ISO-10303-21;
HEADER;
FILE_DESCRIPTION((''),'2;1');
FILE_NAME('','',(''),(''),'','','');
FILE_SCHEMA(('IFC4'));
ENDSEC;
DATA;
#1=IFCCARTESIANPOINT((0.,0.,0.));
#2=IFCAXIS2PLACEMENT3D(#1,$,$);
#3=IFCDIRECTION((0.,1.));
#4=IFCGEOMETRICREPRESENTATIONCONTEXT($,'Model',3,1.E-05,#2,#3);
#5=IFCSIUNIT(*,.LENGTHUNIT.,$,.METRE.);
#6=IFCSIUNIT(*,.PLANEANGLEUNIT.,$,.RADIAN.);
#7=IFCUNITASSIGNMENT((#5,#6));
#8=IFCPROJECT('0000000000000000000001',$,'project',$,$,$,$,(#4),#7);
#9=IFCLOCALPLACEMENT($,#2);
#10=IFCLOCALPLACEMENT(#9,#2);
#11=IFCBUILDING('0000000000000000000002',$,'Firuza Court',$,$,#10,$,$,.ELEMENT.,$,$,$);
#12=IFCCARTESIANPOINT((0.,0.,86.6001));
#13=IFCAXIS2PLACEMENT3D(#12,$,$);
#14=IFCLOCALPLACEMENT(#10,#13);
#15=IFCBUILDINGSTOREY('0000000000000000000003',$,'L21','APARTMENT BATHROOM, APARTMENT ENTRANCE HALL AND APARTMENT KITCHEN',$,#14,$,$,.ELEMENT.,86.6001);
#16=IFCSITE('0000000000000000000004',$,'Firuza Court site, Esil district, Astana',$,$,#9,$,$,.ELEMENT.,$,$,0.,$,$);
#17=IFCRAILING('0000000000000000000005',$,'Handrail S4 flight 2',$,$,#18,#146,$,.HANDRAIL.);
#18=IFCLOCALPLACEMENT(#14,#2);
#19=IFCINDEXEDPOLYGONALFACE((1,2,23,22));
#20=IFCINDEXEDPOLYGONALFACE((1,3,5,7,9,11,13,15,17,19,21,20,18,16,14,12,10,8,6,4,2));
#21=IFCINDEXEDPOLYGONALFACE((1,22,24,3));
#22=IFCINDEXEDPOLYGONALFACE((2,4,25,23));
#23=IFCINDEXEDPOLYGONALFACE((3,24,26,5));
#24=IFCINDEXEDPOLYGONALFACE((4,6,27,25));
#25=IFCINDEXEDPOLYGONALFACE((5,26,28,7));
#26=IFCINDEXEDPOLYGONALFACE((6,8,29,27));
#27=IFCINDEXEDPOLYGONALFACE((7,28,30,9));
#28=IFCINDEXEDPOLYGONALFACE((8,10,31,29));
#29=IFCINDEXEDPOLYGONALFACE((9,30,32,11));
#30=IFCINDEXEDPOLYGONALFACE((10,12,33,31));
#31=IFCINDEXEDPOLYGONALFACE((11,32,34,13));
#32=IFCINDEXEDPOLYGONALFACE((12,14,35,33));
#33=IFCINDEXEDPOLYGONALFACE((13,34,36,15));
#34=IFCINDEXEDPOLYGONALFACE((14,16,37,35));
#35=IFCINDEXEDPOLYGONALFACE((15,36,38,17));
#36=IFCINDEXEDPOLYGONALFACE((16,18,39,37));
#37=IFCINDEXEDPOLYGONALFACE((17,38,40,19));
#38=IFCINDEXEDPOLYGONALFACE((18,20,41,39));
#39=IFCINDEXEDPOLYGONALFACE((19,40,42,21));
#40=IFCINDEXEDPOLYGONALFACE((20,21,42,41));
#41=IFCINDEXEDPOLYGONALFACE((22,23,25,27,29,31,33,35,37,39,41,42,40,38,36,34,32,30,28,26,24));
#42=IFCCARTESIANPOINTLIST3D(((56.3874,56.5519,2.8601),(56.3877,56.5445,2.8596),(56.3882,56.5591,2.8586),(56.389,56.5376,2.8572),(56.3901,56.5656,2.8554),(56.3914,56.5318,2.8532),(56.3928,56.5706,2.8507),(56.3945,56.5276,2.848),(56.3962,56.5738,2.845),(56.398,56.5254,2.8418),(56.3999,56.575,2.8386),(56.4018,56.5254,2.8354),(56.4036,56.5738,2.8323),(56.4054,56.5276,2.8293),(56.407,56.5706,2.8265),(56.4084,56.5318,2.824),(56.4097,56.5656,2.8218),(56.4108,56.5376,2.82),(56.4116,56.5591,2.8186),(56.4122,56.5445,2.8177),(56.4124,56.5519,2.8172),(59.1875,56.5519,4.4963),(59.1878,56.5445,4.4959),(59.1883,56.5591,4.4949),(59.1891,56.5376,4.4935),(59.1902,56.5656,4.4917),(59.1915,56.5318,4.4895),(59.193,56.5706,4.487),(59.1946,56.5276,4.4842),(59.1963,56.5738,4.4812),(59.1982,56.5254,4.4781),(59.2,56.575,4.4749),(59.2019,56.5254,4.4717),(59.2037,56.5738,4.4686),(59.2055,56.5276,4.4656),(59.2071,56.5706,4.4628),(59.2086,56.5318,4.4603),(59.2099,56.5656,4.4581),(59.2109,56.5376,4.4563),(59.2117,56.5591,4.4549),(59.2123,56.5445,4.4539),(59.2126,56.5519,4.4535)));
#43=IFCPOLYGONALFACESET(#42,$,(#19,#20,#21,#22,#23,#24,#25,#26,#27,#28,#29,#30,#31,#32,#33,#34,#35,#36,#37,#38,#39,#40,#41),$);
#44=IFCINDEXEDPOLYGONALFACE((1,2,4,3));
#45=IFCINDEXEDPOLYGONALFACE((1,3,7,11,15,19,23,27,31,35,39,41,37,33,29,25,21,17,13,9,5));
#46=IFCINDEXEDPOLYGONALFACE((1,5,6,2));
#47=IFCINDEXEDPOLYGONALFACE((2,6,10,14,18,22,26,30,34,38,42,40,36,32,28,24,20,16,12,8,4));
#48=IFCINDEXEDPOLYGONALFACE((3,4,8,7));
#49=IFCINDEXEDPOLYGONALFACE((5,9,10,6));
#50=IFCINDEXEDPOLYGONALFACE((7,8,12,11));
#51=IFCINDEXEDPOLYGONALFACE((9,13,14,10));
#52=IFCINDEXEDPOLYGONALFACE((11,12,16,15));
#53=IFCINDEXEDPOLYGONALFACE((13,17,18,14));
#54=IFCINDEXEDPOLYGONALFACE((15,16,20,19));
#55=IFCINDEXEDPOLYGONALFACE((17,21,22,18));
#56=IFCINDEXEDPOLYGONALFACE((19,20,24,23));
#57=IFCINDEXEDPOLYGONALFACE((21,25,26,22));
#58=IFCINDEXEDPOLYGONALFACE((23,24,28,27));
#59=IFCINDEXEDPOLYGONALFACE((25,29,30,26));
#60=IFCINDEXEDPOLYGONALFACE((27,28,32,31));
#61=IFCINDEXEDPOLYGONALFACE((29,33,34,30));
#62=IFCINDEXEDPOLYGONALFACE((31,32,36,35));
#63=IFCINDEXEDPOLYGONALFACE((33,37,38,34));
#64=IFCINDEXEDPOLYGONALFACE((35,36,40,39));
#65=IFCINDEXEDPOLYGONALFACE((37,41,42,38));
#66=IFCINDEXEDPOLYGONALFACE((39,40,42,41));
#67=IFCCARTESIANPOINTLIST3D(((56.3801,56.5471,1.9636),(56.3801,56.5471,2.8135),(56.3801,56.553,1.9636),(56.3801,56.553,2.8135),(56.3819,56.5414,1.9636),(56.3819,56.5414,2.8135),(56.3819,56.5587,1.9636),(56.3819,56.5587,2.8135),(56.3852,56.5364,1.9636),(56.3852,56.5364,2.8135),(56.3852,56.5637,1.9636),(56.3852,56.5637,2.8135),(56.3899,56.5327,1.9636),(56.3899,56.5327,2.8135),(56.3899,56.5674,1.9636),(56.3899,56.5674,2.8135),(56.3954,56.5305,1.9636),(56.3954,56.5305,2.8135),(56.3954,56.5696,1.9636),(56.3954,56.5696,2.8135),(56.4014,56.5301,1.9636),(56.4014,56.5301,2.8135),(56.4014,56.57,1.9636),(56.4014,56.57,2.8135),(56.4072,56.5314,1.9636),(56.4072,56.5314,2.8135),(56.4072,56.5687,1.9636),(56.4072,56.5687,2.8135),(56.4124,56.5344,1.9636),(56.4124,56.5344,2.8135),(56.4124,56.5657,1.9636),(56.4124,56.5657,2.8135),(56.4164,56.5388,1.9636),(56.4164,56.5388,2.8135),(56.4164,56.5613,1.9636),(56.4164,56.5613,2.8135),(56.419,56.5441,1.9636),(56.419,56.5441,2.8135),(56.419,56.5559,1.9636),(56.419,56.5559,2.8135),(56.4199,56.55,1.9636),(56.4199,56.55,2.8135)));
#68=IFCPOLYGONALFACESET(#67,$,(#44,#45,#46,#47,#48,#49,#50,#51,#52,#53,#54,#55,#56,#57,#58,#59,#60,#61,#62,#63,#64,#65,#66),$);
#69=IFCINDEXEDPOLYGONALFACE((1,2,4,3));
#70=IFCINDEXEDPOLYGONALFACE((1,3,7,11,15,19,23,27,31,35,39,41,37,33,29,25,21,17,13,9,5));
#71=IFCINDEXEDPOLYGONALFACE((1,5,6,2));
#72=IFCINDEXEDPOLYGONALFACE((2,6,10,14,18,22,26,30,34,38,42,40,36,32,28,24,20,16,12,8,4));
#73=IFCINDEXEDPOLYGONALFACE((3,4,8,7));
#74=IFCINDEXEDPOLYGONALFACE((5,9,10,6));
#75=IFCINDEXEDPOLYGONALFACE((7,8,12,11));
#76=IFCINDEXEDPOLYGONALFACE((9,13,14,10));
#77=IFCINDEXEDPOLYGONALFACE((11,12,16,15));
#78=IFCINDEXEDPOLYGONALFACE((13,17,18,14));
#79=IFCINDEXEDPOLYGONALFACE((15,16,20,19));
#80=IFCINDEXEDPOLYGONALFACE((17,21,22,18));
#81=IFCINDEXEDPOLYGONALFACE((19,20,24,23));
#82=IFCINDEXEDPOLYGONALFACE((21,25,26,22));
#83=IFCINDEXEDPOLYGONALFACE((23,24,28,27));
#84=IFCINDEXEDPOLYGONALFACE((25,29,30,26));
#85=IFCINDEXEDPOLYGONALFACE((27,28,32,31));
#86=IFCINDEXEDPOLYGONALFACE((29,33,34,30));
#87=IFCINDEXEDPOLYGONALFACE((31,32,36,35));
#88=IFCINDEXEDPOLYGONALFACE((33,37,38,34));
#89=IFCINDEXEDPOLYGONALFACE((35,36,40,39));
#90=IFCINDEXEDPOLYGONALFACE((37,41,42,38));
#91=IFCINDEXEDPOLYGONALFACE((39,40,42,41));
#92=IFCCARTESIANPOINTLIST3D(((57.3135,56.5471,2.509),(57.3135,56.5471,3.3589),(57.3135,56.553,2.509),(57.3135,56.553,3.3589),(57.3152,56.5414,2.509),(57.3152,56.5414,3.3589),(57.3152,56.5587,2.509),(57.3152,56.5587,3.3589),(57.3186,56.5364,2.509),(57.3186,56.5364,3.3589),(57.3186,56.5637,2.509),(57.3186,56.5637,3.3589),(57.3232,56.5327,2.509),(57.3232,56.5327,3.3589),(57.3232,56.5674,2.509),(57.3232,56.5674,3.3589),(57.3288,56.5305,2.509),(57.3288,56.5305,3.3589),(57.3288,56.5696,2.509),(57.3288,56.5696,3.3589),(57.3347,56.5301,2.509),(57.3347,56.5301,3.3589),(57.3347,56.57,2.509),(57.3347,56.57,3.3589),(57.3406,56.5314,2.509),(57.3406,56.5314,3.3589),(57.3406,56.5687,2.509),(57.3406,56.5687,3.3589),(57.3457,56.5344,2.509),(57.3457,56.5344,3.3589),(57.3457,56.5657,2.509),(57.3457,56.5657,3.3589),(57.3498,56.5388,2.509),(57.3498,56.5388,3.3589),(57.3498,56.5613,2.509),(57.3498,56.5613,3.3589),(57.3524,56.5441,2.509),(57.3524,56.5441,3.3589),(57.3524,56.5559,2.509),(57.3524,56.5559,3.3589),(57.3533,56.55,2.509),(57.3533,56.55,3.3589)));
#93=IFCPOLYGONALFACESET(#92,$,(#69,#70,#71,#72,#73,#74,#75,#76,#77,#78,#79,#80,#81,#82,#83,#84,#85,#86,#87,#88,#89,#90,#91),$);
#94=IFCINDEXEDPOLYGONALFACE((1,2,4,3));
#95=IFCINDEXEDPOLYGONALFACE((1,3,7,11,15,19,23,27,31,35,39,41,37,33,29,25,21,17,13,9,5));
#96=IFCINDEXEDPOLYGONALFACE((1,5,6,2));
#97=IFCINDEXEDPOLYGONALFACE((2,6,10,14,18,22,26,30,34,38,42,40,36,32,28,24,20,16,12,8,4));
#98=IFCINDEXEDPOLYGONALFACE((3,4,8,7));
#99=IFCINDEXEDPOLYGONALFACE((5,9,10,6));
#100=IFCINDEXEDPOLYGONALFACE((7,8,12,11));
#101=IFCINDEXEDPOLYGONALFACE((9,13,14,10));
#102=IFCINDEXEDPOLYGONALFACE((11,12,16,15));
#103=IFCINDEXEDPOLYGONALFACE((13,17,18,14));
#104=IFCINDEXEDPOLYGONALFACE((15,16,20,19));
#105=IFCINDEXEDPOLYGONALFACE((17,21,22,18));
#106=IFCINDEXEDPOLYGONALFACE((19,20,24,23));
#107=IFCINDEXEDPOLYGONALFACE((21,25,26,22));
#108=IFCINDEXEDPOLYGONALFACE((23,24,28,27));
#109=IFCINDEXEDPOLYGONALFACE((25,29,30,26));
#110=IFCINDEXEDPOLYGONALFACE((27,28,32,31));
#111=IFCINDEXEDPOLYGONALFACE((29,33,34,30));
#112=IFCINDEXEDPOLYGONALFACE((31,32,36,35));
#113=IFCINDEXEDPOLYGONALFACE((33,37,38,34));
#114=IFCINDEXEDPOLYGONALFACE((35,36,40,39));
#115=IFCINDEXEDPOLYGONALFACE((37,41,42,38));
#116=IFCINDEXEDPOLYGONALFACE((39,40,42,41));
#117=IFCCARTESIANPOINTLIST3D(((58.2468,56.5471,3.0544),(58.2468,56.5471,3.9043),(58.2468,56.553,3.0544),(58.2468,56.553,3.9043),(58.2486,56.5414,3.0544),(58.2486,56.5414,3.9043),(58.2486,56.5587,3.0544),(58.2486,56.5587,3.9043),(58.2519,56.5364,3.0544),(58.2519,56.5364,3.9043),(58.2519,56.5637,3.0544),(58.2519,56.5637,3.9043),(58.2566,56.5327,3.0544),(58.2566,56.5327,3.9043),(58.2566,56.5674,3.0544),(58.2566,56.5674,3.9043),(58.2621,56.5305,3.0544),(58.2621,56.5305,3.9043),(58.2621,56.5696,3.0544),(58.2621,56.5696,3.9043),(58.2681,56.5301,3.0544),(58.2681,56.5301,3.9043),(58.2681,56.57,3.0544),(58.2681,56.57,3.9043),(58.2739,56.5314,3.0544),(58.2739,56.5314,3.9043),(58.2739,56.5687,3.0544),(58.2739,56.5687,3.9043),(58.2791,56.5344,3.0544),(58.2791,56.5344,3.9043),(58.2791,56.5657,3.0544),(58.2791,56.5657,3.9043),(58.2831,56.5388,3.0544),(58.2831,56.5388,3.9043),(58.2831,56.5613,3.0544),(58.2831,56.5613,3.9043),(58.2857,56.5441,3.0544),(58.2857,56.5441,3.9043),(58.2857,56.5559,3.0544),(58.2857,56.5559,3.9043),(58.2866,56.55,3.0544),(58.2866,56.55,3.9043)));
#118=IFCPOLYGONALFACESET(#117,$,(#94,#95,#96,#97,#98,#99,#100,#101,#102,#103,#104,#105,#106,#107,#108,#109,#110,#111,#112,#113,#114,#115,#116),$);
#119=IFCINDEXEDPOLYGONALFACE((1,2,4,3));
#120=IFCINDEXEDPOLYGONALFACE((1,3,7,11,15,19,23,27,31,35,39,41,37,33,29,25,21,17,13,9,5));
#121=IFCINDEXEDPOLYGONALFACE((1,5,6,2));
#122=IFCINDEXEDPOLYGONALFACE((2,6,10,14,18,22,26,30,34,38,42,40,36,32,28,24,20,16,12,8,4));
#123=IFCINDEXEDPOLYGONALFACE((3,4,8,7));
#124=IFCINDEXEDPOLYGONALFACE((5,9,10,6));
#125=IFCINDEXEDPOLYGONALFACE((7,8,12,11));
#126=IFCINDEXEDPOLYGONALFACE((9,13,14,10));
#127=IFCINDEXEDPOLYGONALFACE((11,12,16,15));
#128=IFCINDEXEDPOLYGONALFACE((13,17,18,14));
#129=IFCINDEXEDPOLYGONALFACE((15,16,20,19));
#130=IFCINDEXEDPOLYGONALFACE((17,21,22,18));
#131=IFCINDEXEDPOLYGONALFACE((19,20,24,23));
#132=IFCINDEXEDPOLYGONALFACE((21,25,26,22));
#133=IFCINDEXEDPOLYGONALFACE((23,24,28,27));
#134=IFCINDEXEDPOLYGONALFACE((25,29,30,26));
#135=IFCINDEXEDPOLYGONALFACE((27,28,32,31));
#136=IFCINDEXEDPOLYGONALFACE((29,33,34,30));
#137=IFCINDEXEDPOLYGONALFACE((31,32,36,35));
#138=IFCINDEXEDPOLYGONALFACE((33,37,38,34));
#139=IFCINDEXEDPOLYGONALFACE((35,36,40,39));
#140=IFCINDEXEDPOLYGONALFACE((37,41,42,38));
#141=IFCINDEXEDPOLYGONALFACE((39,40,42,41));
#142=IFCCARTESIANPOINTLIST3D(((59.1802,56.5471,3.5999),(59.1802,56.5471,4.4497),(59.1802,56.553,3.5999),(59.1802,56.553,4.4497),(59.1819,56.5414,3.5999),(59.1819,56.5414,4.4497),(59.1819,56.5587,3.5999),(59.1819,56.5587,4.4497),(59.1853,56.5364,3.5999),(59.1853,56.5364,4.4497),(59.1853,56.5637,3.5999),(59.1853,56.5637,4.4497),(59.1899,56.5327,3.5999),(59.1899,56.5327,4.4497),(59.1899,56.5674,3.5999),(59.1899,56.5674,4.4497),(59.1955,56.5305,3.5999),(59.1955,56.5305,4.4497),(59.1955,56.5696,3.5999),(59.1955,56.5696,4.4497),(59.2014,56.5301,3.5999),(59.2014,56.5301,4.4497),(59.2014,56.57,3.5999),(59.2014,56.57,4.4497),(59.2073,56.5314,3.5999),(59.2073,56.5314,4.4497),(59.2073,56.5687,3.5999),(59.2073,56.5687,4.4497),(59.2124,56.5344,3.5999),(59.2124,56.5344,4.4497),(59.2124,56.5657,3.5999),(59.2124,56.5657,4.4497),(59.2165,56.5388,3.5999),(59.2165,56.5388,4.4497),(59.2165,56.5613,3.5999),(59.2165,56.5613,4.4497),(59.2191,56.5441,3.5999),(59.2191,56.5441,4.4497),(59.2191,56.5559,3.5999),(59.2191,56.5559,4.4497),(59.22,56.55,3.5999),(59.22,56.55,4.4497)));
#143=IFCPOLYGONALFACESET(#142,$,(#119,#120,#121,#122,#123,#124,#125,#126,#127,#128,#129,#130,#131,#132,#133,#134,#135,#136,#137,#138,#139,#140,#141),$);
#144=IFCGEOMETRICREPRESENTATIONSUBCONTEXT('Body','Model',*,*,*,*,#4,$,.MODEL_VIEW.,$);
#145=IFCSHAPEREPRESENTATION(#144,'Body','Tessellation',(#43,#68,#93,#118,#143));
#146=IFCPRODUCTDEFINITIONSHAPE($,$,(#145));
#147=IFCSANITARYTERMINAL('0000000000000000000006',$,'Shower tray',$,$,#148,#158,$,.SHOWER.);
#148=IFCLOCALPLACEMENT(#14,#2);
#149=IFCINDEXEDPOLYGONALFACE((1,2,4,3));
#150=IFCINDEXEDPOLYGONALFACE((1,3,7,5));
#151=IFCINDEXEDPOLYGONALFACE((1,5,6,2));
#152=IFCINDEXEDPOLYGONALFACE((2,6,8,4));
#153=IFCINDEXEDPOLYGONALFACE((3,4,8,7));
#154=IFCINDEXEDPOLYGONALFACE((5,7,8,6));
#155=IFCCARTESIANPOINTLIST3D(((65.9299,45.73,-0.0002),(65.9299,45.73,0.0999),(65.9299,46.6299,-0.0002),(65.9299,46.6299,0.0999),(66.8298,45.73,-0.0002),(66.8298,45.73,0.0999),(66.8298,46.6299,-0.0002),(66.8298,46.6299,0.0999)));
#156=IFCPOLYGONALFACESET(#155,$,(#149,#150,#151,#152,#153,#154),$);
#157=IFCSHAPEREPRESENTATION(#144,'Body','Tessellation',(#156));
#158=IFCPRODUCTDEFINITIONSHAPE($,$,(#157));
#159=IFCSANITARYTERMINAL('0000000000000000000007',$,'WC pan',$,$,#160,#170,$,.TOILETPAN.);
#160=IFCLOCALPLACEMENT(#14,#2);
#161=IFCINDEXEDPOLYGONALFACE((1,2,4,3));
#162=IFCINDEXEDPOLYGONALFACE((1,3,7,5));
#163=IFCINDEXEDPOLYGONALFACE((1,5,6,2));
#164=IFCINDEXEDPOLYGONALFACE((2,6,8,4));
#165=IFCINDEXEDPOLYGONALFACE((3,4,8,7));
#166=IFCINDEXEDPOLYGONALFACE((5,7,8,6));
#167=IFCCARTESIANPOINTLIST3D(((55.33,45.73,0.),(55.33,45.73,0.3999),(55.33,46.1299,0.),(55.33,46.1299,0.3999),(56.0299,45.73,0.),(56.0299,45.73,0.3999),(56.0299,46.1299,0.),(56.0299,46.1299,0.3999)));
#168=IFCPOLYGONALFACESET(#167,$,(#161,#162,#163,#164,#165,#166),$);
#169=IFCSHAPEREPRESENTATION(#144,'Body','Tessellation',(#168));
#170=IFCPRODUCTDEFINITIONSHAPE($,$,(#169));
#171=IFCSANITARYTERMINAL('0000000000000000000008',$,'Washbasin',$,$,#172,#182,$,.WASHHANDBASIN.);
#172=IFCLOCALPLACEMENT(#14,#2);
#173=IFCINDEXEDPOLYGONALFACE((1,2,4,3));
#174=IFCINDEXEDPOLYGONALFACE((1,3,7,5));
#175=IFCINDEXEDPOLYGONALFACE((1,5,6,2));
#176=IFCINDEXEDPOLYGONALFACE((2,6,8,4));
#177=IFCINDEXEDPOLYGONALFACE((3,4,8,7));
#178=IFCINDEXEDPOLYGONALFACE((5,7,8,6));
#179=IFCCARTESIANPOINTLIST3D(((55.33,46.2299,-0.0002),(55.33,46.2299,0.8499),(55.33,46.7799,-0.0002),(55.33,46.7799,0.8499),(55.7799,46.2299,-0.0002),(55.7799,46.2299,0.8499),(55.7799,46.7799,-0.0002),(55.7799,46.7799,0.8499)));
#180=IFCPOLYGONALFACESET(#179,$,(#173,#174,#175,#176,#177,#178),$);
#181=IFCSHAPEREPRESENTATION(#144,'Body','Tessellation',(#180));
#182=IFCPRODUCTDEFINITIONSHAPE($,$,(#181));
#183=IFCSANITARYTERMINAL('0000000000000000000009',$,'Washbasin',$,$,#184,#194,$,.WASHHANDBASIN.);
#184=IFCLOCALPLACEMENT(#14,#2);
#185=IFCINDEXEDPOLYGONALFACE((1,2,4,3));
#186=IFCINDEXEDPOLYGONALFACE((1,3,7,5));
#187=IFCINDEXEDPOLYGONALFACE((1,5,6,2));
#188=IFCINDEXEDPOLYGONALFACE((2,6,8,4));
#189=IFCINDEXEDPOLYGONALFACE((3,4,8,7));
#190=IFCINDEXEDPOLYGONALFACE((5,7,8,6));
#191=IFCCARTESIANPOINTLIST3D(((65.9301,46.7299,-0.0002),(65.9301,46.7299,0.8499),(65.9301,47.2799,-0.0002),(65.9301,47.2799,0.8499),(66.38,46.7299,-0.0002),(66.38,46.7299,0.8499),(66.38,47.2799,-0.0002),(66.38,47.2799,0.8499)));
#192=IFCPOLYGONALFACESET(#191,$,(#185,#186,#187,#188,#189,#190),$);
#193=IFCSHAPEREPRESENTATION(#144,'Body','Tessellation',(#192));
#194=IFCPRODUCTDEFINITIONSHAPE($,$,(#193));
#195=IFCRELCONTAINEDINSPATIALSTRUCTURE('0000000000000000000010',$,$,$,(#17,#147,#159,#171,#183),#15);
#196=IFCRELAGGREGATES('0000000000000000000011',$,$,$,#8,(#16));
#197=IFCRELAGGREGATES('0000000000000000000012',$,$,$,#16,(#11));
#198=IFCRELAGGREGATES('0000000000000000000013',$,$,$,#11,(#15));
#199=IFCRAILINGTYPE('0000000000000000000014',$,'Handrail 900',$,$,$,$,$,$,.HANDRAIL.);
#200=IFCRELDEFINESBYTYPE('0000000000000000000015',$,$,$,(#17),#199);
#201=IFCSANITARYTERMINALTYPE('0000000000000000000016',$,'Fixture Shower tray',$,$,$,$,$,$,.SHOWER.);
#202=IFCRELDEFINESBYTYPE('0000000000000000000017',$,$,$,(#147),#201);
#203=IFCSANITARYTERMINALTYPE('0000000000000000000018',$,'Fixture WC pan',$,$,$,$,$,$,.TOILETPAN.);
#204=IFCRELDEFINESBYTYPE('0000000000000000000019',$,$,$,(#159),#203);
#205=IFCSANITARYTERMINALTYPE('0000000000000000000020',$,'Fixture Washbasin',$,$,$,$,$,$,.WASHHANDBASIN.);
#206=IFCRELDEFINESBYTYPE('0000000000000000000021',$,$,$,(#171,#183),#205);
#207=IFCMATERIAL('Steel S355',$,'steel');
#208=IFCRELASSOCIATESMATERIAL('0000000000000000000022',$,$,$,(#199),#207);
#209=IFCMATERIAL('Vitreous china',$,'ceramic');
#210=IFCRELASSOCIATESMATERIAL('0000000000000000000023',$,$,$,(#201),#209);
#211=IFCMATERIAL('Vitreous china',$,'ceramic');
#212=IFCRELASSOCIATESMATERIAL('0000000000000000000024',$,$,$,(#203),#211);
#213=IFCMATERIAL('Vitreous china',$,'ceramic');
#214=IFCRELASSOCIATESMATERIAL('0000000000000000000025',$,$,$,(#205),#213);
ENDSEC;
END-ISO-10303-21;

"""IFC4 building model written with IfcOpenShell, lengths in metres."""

from ifc_helpers import new_model, si_unit, direction, frame, origin, origin_2d, place, context, subcontext, project, spatial, rectangle, circle, extrude, material, type_object, element, save


model = new_model("IFC4")

# Units and contexts
model_context = context("Model", 3, precision=1e-05, world=origin(), true_north=direction((0.0, 1.0)))
body_context = subcontext(model_context, "Body", "Model", "MODEL_VIEW")
ifc_project = project(units=[si_unit("LENGTHUNIT", "METRE"), si_unit("PLANEANGLEUNIT", "RADIAN")], contexts=[model_context])

# Site, building, storey
site_placement = place(None, origin())
site = spatial("IfcSite", under=ifc_project, at=site_placement, Name="Firuza Court site, Esil district, Astana", CompositionType="ELEMENT", RefElevation=0.0)
building_placement = place(site_placement, origin())
building = spatial("IfcBuilding", under=site, at=building_placement, Name="Firuza Court", CompositionType="ELEMENT")
storey_placement = place(building_placement, frame((0.0, 0.0, 86.6001)))
storey = spatial("IfcBuildingStorey", under=building, at=storey_placement, Name="L21", Description="APARTMENT BATHROOM, APARTMENT ENTRANCE HALL AND APARTMENT KITCHEN", CompositionType="ELEMENT", Elevation=86.6001)

# Railing
ifc_material_1 = material(Name="Steel S355", Category="steel")
railing_type_1 = type_object("IfcRailingType", Name="Handrail 900", PredefinedType="HANDRAIL", material=ifc_material_1)
railing_1_placement = place(storey_placement, frame((56.3999, 56.55, 1.9636)))
element("IfcRailing", 1, at=railing_1_placement, inside=storey, type_object=railing_type_1, Name="Handrail S4 flight 2", PredefinedType="HANDRAIL", context=body_context, shape_type="SweptSolid", body=[
    extrude(circle(Radius=0.0249, at=origin_2d()), frame((0.0, 0.0, 0.875), z_axis=(0.863394, 0.0, 0.504531), x_axis=(0.0, 1.0, 0.0)), (0.0, 0.0, 1.0), 3.2432),
    extrude(circle(Radius=0.02, at=origin_2d()), origin(), (0.0, 0.0, 1.0), 0.8499),
    extrude(circle(Radius=0.02, at=origin_2d()), frame((0.9333, 0.0, 0.5454)), (0.0, 0.0, 1.0), 0.8499),
    extrude(circle(Radius=0.02, at=origin_2d()), frame((1.8667, 0.0, 1.0908)), (0.0, 0.0, 1.0), 0.8499),
    extrude(circle(Radius=0.02, at=origin_2d()), frame((2.8, 0.0, 1.6362)), (0.0, 0.0, 1.0), 0.8499),
])

# Sanitary terminals
ifc_material_2 = material(Name="Vitreous china", Category="ceramic")
sanitary_terminal_type_1 = type_object("IfcSanitaryTerminalType", Name="Fixture Shower tray", PredefinedType="SHOWER", material=ifc_material_2)
sanitary_terminal_1_placement = place(storey_placement, frame((66.3799, 46.1799, -0.0002), z_axis=(0.0, 0.0, 1.0), x_axis=(1.0, 0.0, 0.0)))
element("IfcSanitaryTerminal", 2, at=sanitary_terminal_1_placement, inside=storey, type_object=sanitary_terminal_type_1, Name="Shower tray", PredefinedType="SHOWER", context=body_context, shape_type="SweptSolid", body=[
    extrude(rectangle(XDim=0.8999, YDim=0.8999, at=origin_2d()), origin(), (0.0, 0.0, 1.0), 0.1001),
])
ifc_material_3 = material(Name="Vitreous china", Category="ceramic")
sanitary_terminal_type_2 = type_object("IfcSanitaryTerminalType", Name="Fixture WC pan", PredefinedType="TOILETPAN", material=ifc_material_3)
sanitary_terminal_2_placement = place(storey_placement, frame((55.6799, 45.9299, 0.0), z_axis=(0.0, 0.0, 1.0), x_axis=(1.0, 0.0, 0.0)))
element("IfcSanitaryTerminal", 3, at=sanitary_terminal_2_placement, inside=storey, type_object=sanitary_terminal_type_2, Name="WC pan", PredefinedType="TOILETPAN", context=body_context, shape_type="SweptSolid", body=[
    extrude(rectangle(XDim=0.7, YDim=0.3999, at=origin_2d()), origin(), (0.0, 0.0, 1.0), 0.3999),
])
ifc_material_4 = material(Name="Vitreous china", Category="ceramic")
sanitary_terminal_type_3 = type_object("IfcSanitaryTerminalType", Name="Fixture Washbasin", PredefinedType="WASHHANDBASIN", material=ifc_material_4)
for number, where, z_axis, x_axis, name in (
    (4, (55.5549, 46.5049, -0.0002), (0.0, 0.0, 1.0), (1.0, 0.0, 0.0), "Washbasin"),
    (5, (66.155, 47.0049, -0.0002), (0.0, 0.0, 1.0), (1.0, 0.0, 0.0), "Washbasin"),
):
    element("IfcSanitaryTerminal", number, at=place(storey_placement, frame(where, z_axis=z_axis, x_axis=x_axis)), inside=storey, type_object=sanitary_terminal_type_3, Name=name, PredefinedType="WASHHANDBASIN", context=body_context, shape_type="SweptSolid", body=[
        extrude(rectangle(XDim=0.45, YDim=0.55, at=origin_2d()), origin(), (0.0, 0.0, 1.0), 0.8501),
    ])

save(model, "model.ifc")
